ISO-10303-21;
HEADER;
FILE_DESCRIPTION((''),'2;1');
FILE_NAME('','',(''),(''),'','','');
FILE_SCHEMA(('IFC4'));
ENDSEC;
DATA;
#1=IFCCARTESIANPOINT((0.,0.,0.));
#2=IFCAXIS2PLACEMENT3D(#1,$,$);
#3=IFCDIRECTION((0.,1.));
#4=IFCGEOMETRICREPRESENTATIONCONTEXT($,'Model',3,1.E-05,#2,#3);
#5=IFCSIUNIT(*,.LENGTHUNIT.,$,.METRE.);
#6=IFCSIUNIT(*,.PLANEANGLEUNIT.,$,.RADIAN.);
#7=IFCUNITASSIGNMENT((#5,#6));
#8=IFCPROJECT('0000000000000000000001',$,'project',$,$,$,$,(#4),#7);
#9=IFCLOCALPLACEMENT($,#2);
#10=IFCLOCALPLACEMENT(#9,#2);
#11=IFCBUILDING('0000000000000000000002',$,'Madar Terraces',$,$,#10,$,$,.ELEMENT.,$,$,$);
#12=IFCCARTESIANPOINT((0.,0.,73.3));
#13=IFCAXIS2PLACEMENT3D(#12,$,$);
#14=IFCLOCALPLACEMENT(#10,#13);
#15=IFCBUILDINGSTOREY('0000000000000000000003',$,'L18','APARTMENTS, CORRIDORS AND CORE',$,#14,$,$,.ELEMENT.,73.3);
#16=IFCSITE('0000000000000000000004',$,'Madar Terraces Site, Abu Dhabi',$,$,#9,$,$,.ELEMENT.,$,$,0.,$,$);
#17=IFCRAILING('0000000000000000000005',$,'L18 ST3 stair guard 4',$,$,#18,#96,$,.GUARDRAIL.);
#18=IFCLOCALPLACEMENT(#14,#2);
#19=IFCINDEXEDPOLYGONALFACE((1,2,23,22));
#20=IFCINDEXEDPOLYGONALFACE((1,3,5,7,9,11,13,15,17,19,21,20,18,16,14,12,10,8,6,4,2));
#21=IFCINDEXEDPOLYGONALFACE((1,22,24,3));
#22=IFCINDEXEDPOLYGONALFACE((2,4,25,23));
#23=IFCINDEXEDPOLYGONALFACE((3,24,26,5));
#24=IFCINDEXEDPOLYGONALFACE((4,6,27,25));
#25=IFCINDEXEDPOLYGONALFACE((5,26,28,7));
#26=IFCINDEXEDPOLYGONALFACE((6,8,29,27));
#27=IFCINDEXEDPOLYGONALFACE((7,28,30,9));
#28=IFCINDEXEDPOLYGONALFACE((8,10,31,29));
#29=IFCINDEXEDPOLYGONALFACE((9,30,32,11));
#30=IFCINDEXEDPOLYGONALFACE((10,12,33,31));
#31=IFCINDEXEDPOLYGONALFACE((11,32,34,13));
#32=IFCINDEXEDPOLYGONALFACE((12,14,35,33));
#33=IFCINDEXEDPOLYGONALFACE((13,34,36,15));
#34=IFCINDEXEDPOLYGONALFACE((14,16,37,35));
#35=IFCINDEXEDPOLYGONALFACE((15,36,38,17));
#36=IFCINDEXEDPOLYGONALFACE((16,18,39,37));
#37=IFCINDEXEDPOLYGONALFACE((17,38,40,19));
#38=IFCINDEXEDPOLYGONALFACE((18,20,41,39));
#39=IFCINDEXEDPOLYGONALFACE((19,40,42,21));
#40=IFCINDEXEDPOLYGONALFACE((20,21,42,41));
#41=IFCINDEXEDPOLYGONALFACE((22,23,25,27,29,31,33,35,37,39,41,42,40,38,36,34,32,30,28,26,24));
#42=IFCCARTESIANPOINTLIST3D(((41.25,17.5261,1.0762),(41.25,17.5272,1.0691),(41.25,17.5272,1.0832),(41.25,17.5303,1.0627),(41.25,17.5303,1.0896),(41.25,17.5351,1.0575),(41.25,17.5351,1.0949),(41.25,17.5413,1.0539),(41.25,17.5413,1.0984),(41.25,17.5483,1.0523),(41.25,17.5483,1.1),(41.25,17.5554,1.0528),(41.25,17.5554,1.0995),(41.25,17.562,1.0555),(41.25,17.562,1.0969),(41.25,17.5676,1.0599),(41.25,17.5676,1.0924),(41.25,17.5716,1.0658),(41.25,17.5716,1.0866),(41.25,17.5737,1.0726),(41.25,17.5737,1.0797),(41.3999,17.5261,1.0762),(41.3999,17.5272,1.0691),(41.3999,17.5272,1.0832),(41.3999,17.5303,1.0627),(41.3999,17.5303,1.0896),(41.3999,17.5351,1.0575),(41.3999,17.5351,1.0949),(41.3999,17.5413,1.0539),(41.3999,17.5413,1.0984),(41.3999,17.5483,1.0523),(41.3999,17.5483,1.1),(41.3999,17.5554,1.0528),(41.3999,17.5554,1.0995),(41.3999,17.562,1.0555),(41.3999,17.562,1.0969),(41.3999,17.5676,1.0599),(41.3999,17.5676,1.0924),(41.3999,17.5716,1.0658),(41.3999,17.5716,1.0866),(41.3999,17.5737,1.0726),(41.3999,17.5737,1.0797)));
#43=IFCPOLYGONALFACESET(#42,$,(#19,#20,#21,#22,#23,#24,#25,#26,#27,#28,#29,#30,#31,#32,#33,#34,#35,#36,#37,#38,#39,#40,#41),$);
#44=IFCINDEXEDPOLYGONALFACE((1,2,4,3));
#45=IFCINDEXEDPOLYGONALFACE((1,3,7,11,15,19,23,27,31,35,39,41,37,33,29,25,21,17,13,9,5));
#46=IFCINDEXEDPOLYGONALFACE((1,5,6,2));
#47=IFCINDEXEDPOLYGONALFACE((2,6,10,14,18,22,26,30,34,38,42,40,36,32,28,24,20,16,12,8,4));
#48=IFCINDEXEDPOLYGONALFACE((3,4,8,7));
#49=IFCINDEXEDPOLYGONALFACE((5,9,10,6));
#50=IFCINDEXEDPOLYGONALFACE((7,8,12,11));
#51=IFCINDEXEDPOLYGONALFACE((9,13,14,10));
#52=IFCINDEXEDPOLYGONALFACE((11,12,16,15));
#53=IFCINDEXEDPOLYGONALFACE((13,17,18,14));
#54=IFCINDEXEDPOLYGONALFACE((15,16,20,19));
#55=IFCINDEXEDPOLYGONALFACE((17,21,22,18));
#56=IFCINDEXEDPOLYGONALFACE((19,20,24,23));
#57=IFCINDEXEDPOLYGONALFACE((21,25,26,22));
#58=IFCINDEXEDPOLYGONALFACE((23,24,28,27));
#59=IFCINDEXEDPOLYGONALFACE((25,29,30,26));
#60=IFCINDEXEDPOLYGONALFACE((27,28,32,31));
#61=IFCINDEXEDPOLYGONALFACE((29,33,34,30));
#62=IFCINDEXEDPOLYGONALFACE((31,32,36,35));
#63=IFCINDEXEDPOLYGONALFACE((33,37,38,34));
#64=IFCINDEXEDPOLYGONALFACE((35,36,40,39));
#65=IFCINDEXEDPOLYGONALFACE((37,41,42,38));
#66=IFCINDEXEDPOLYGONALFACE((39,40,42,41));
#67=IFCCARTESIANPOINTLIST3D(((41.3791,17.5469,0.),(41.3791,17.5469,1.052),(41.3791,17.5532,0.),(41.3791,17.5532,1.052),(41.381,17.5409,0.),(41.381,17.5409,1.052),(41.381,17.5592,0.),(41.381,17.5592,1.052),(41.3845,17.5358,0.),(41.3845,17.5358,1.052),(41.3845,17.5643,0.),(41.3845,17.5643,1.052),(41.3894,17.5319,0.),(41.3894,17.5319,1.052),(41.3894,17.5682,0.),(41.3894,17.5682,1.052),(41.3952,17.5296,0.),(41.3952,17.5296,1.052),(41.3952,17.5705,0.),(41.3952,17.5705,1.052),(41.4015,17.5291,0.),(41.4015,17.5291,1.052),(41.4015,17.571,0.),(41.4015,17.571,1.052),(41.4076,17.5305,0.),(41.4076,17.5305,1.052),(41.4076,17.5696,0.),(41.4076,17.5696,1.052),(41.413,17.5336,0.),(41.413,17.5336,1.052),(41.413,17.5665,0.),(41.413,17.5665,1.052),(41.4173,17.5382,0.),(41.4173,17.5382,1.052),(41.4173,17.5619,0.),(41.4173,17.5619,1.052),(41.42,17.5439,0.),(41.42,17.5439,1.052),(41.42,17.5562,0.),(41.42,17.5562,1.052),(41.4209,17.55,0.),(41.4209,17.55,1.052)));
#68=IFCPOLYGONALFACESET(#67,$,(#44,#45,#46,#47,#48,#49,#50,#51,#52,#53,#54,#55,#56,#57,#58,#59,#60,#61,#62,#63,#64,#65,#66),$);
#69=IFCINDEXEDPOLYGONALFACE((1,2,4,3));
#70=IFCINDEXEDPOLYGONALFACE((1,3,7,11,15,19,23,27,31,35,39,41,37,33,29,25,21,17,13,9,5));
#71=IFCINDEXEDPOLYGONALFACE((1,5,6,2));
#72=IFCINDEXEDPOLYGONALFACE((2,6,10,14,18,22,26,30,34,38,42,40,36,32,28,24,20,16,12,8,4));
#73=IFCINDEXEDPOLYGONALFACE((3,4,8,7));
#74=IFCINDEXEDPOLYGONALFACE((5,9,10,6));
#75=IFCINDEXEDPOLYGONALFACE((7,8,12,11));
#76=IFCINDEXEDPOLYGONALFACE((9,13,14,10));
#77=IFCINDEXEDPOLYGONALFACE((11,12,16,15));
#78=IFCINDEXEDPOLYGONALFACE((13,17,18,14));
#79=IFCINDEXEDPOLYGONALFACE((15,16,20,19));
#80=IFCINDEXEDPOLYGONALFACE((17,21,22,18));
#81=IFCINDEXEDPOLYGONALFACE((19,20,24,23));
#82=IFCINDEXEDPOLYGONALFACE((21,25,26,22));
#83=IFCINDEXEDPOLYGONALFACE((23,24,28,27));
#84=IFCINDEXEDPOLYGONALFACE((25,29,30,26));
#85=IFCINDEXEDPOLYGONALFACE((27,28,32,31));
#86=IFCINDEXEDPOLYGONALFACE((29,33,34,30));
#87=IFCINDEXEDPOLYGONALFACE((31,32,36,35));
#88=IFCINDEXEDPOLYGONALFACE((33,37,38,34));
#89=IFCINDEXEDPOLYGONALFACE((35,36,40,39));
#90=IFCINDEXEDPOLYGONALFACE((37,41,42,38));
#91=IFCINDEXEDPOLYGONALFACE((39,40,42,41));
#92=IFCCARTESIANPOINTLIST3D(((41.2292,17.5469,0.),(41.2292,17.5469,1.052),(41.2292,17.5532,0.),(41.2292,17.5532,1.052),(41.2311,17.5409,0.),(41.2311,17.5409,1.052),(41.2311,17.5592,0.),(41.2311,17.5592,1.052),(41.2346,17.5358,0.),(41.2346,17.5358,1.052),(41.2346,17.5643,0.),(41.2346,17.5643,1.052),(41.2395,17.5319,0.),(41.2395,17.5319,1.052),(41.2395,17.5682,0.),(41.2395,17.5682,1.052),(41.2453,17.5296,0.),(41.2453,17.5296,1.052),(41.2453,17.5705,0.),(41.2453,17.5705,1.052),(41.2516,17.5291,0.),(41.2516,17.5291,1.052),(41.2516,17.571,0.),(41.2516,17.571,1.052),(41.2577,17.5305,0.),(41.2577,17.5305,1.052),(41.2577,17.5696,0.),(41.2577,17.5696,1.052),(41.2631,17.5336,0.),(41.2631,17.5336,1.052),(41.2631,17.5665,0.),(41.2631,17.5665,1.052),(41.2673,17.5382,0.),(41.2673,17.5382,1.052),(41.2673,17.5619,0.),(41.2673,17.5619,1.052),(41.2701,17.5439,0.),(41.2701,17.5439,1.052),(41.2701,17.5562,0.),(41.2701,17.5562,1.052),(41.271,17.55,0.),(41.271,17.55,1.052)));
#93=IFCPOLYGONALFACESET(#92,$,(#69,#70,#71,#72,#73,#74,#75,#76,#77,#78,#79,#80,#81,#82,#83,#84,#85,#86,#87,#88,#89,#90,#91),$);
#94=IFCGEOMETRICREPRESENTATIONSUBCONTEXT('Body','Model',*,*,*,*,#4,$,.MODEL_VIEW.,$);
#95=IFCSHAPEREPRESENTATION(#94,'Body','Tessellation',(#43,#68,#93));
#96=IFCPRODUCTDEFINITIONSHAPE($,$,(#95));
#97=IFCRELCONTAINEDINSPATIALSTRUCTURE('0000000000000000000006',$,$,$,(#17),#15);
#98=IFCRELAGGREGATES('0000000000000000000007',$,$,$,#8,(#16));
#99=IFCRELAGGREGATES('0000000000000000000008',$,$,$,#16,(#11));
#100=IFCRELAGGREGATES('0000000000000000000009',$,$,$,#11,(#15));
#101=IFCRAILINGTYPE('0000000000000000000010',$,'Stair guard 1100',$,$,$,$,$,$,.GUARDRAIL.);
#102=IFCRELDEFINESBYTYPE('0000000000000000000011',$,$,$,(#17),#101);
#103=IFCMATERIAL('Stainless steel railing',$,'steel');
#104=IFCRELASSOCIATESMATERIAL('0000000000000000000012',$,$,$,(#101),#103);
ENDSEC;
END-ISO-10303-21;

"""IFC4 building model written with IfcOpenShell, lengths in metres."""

from ifc_helpers import new_model, si_unit, direction, frame, origin, origin_2d, place, context, subcontext, project, spatial, circle, extrude, material, type_object, element, save


model = new_model("IFC4")

# Units and contexts
model_context = context("Model", 3, precision=1e-05, world=origin(), true_north=direction((0.0, 1.0)))
body_context = subcontext(model_context, "Body", "Model", "MODEL_VIEW")
ifc_project = project(units=[si_unit("LENGTHUNIT", "METRE"), si_unit("PLANEANGLEUNIT", "RADIAN")], contexts=[model_context])

# Site, building, storey
site_placement = place(None, origin())
site = spatial("IfcSite", under=ifc_project, at=site_placement, Name="Madar Terraces Site, Abu Dhabi", CompositionType="ELEMENT", RefElevation=0.0)
building_placement = place(site_placement, origin())
building = spatial("IfcBuilding", under=site, at=building_placement, Name="Madar Terraces", CompositionType="ELEMENT")
storey_placement = place(building_placement, frame((0.0, 0.0, 73.3)))
storey = spatial("IfcBuildingStorey", under=building, at=storey_placement, Name="L18", Description="APARTMENTS, CORRIDORS AND CORE", CompositionType="ELEMENT", Elevation=73.3)

# Railing
ifc_material_1 = material(Name="Stainless steel railing", Category="steel")
railing_type_1 = type_object("IfcRailingType", Name="Stair guard 1100", PredefinedType="GUARDRAIL", material=ifc_material_1)
railing_1_placement = place(storey_placement, frame((41.3999, 17.55, 0.0)))
element("IfcRailing", 1, at=railing_1_placement, inside=storey, type_object=railing_type_1, Name="L18 ST3 stair guard 4", PredefinedType="GUARDRAIL", context=body_context, shape_type="SweptSolid", body=[
    extrude(circle(Radius=0.0239, at=origin_2d()), frame((0.0, 0.0, 1.0762), z_axis=(-1.0, 0.0, 0.0), x_axis=(0.0, -1.0, 0.0)), (0.0, 0.0, 1.0), 0.1499),
    extrude(circle(Radius=0.021, at=origin_2d()), origin(), (0.0, 0.0, 1.0), 1.052),
    extrude(circle(Radius=0.021, at=origin_2d()), frame((-0.1499, 0.0, 0.0)), (0.0, 0.0, 1.0), 1.052),
])

save(model, "model.ifc")
